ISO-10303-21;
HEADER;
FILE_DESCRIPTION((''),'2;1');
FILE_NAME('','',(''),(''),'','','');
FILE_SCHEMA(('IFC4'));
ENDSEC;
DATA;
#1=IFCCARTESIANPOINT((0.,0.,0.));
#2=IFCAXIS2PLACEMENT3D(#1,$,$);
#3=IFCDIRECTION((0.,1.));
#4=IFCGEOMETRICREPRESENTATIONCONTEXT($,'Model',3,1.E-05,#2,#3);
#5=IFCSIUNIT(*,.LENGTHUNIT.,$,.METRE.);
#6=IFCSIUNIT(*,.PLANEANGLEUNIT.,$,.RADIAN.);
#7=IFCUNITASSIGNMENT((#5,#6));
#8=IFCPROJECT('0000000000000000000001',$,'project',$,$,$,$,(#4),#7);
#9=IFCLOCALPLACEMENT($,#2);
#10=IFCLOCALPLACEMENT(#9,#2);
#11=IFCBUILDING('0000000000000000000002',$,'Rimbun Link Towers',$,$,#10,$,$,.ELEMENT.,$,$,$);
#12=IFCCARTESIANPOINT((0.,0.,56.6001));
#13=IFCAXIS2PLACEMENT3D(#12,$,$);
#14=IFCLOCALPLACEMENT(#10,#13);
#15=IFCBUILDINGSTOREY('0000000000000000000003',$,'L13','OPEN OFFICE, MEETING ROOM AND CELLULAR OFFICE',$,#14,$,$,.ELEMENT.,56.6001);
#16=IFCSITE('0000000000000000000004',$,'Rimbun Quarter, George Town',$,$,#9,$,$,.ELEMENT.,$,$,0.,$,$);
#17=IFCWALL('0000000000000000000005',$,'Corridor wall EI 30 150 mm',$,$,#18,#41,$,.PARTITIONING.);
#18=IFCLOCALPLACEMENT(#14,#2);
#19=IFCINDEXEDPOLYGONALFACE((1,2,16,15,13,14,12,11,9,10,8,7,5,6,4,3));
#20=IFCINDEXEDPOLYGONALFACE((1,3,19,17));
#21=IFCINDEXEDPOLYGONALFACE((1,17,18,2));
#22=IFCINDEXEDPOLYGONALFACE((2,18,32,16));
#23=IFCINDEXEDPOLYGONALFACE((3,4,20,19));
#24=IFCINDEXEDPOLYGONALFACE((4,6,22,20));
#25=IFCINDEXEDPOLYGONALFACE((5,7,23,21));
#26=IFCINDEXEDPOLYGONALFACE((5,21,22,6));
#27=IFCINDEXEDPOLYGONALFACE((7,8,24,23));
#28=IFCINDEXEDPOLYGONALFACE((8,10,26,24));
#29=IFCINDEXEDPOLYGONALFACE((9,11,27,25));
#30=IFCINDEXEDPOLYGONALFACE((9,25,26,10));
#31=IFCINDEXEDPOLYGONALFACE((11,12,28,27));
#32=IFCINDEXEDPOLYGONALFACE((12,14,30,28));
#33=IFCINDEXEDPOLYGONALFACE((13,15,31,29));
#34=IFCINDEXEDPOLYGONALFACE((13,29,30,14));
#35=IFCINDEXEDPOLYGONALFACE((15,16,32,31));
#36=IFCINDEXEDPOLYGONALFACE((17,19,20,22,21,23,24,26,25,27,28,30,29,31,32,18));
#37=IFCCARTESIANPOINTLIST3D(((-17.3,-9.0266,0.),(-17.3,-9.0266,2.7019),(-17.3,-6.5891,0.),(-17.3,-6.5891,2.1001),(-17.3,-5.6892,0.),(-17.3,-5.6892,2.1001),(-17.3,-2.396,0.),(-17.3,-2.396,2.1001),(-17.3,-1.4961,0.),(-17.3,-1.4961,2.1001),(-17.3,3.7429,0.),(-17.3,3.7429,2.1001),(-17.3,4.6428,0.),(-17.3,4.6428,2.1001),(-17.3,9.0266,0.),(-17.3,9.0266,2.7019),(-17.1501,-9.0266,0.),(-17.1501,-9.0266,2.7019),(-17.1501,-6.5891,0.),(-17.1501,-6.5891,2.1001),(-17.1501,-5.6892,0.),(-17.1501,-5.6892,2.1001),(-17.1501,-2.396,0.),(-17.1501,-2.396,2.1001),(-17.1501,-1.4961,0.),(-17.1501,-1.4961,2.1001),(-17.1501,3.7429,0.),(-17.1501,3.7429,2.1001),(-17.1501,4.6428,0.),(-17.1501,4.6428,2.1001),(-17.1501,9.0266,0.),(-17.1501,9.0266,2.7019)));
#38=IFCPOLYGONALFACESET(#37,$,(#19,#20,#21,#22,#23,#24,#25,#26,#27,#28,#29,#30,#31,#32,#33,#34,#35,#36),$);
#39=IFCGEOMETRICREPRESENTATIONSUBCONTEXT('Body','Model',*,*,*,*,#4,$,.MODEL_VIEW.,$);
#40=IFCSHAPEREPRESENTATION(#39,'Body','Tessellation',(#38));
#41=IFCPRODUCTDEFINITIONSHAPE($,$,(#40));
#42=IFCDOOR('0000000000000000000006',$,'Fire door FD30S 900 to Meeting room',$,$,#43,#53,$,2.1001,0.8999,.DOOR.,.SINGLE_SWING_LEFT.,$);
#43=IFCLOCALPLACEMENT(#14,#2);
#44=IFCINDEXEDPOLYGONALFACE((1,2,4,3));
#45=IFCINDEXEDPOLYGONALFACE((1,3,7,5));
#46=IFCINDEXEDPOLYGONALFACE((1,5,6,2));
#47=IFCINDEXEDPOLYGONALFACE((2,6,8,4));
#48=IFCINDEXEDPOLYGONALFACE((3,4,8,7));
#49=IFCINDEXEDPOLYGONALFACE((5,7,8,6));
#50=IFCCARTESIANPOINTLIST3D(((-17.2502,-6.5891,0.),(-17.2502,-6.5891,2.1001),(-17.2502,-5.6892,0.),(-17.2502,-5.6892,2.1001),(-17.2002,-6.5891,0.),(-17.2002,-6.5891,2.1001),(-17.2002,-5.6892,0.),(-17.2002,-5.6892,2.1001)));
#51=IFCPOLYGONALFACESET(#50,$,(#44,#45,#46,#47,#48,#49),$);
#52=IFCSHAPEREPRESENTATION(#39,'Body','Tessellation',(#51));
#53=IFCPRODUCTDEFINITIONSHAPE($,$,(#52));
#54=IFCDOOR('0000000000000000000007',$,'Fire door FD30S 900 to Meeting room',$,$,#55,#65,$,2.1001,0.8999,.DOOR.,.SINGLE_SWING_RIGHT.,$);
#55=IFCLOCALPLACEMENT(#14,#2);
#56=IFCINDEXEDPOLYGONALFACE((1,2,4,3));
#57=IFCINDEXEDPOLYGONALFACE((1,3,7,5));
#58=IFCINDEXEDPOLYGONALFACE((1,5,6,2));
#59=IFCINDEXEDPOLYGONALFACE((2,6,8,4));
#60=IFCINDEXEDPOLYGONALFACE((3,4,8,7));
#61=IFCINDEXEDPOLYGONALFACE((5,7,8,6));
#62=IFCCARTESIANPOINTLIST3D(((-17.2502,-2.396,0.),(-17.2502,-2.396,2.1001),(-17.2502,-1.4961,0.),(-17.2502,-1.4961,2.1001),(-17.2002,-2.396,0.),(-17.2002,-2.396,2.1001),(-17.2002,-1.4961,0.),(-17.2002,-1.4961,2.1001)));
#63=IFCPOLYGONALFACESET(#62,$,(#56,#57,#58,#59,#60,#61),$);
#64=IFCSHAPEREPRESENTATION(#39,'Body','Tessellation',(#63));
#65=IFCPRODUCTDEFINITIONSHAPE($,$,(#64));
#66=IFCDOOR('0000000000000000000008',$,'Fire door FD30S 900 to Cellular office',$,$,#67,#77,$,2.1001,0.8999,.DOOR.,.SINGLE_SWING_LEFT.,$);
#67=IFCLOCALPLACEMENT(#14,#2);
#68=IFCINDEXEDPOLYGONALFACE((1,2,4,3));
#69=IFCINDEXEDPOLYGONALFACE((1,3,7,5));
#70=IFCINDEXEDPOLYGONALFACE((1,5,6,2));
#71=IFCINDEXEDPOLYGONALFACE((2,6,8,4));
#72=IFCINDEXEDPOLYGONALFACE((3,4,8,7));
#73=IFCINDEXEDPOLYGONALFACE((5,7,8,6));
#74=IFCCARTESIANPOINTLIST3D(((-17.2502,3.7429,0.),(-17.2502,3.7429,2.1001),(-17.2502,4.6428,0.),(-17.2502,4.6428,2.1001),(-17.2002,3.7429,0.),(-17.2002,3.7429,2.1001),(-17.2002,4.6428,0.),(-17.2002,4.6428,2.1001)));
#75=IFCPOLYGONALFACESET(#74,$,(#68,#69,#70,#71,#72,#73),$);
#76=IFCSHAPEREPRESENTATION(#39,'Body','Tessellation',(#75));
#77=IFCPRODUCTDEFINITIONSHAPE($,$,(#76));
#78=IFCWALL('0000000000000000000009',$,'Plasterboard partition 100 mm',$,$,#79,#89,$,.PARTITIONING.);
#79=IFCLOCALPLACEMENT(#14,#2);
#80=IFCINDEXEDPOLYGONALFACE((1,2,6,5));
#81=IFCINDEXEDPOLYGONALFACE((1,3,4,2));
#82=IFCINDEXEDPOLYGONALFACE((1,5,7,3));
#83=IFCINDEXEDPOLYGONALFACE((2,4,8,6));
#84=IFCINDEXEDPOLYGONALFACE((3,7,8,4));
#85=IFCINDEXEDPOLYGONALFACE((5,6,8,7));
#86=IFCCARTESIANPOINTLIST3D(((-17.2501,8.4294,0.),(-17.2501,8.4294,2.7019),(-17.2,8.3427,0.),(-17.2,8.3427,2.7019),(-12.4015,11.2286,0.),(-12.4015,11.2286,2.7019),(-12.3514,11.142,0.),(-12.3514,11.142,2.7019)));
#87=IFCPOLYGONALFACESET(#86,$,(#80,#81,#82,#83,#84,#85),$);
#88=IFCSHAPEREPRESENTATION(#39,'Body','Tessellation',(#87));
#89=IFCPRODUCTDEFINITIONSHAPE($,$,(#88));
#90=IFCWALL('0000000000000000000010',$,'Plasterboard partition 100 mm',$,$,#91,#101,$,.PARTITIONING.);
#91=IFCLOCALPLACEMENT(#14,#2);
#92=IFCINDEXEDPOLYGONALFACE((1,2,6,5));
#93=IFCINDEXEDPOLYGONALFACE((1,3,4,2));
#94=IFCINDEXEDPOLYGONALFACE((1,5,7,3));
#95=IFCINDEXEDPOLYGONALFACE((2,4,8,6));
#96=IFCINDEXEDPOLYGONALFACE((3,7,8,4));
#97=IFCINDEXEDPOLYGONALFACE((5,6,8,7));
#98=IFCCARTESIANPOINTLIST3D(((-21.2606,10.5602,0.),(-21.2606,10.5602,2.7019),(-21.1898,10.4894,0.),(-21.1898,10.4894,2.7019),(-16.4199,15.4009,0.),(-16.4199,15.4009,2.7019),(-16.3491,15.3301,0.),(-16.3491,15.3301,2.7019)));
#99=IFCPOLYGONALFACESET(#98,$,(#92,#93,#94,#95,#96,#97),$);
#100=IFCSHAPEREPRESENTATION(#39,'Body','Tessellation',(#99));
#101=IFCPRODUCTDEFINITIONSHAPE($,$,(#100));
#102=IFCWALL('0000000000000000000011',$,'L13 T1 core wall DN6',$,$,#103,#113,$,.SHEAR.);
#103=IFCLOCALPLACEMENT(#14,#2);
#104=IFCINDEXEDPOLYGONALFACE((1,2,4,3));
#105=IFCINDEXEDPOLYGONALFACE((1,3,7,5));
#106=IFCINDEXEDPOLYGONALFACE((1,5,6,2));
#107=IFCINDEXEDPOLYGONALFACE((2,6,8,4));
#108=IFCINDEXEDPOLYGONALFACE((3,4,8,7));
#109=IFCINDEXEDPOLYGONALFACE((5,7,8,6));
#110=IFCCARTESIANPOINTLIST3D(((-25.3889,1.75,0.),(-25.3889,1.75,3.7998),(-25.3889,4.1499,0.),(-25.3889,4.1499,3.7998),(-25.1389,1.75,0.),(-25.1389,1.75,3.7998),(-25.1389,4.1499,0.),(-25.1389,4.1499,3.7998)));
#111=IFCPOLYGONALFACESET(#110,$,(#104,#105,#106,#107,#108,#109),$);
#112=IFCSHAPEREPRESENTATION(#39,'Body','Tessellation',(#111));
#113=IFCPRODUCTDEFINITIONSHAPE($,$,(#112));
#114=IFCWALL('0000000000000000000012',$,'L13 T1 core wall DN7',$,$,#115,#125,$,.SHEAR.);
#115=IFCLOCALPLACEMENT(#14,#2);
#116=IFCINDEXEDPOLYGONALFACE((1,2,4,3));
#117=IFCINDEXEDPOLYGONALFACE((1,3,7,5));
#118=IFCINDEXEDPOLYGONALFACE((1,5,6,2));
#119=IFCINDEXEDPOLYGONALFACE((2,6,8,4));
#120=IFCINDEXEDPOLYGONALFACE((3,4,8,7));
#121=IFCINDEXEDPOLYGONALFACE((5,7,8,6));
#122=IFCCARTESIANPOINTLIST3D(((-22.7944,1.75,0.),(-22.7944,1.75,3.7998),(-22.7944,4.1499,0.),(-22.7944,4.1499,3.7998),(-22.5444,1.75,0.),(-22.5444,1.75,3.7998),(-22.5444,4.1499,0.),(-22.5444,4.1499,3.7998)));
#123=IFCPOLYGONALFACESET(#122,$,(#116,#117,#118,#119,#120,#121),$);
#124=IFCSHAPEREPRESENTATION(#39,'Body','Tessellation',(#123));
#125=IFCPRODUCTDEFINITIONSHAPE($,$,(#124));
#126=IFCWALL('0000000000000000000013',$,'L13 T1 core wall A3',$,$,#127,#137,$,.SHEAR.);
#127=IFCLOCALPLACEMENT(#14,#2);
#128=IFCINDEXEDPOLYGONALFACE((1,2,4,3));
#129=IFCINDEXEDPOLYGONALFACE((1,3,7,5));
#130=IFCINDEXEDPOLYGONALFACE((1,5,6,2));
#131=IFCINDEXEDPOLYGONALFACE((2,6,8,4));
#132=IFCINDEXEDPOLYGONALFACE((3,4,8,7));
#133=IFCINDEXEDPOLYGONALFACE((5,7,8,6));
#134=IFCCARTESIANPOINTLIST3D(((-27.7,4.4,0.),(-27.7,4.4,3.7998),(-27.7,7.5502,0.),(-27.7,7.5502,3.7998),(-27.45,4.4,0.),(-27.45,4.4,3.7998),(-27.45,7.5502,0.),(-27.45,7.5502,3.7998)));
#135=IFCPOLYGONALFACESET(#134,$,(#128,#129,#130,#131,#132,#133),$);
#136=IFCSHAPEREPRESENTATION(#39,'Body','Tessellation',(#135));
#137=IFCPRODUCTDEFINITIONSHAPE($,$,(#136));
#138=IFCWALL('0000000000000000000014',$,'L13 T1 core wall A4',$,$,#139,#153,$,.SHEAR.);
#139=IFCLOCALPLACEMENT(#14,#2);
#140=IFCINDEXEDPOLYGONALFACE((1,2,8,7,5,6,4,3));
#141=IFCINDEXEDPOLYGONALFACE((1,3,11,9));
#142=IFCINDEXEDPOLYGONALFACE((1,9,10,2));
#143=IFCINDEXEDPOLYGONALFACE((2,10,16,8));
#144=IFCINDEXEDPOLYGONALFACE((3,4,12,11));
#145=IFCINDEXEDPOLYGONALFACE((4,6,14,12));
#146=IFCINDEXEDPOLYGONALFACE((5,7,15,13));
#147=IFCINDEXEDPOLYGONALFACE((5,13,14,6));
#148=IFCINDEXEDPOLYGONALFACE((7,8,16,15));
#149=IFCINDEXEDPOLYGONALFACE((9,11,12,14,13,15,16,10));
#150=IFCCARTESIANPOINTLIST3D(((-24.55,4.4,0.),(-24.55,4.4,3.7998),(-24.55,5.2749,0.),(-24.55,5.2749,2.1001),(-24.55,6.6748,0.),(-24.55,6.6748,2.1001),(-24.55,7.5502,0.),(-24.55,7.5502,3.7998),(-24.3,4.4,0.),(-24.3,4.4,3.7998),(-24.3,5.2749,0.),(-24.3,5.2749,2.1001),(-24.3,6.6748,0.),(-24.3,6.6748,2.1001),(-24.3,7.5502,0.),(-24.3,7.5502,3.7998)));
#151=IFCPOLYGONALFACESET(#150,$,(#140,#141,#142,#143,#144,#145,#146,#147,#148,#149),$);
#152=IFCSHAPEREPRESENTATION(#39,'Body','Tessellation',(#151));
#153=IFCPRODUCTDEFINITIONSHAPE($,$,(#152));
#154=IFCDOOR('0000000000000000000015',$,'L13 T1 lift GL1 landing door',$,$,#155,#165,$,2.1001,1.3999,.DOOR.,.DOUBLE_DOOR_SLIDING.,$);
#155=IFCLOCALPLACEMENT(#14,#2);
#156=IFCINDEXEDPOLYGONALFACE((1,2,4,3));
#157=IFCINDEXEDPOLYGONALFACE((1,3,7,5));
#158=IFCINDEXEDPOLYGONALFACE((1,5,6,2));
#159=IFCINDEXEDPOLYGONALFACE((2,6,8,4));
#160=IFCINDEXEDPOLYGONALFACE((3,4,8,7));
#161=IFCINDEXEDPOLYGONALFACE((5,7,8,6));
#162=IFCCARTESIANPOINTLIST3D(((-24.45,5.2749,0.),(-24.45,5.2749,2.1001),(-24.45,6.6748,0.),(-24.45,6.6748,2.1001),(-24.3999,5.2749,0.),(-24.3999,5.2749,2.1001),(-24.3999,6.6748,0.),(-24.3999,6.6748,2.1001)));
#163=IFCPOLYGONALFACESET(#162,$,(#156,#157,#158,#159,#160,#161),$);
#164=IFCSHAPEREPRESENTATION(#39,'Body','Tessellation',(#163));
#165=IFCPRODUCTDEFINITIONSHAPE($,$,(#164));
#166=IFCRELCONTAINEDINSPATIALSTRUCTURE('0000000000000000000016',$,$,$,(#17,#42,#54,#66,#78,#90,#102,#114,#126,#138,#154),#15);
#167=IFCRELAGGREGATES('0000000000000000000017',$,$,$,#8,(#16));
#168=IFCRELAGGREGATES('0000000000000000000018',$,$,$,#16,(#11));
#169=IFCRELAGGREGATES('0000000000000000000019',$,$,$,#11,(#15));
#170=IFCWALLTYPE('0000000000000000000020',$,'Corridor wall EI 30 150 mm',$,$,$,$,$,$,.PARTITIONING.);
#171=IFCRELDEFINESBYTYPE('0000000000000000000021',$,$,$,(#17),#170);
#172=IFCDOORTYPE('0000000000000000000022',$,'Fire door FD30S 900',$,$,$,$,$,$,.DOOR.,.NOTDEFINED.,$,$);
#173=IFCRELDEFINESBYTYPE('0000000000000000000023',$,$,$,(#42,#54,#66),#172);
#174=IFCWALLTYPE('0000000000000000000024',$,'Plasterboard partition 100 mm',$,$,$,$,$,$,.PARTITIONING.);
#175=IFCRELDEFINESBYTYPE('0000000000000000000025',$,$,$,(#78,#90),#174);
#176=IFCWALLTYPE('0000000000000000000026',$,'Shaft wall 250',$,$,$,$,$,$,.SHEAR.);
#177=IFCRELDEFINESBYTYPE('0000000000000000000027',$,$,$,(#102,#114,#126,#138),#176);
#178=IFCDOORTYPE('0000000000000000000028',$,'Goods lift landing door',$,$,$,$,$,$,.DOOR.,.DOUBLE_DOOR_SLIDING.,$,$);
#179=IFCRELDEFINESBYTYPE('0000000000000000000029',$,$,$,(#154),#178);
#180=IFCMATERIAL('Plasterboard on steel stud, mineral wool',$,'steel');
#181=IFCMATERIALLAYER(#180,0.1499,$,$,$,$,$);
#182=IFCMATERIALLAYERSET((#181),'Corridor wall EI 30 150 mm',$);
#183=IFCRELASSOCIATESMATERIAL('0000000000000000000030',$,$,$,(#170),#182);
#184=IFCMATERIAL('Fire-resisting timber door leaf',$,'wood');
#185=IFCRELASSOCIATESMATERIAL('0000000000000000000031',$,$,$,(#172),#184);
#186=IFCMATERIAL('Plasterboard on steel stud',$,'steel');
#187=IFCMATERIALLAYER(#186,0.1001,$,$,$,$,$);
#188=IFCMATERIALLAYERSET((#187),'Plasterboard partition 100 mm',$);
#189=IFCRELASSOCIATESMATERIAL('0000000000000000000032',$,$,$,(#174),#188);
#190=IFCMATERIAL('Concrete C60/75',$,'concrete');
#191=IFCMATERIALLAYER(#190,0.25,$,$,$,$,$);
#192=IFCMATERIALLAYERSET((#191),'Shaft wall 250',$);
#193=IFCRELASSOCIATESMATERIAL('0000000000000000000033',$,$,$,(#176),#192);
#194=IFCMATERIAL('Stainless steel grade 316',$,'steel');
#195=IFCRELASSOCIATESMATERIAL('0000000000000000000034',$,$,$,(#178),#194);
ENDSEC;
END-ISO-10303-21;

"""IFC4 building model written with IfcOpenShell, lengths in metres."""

from ifc_helpers import new_model, si_unit, direction, frame, frame_2d, origin, place, context, subcontext, project, spatial, rectangle, extrude, material, layer, layer_set, type_object, element, fill, save


model = new_model("IFC4")

# Units and contexts
model_context = context("Model", 3, precision=1e-05, world=origin(), true_north=direction((0.0, 1.0)))
body_context = subcontext(model_context, "Body", "Model", "MODEL_VIEW")
ifc_project = project(units=[si_unit("LENGTHUNIT", "METRE"), si_unit("PLANEANGLEUNIT", "RADIAN")], contexts=[model_context])

# Site, building, storey
site_placement = place(None, origin())
site = spatial("IfcSite", under=ifc_project, at=site_placement, Name="Rimbun Quarter, George Town", CompositionType="ELEMENT", RefElevation=0.0)
building_placement = place(site_placement, origin())
building = spatial("IfcBuilding", under=site, at=building_placement, Name="Rimbun Link Towers", CompositionType="ELEMENT")
storey_placement = place(building_placement, frame((0.0, 0.0, 56.6001)))
storey = spatial("IfcBuildingStorey", under=building, at=storey_placement, Name="L13", Description="OPEN OFFICE, MEETING ROOM AND CELLULAR OFFICE", CompositionType="ELEMENT", Elevation=56.6001)

# Shared definitions
ifc_material_1 = material(Name="Plasterboard on steel stud, mineral wool", Category="steel")
ifc_layer_1 = layer(ifc_material_1, 0.1499)
ifc_layer_set_1 = layer_set([ifc_layer_1], Name="Corridor wall EI 30 150 mm")
wall_type_1 = type_object("IfcWallType", Name="Corridor wall EI 30 150 mm", PredefinedType="PARTITIONING", material=ifc_layer_set_1)

# Wall, openings, doors
wall_1_placement = place(storey_placement, frame((-17.2251, 9.0266, 0.0), z_axis=(0.0, 0.0, 1.0), x_axis=(0.0, -1.0, 0.0)))
wall_1 = element("IfcWall", 1, at=wall_1_placement, inside=storey, type_object=wall_type_1, Name="Corridor wall EI 30 150 mm", PredefinedType="PARTITIONING", context=body_context, shape_type="SweptSolid", body=[
    extrude(rectangle(XDim=18.0532, YDim=0.1499, at=frame_2d((9.0266, 0.0))), origin(), (0.0, 0.0, 1.0), 2.7019),
])
opening_1_placement = place(wall_1_placement, frame((14.7158, 0.0, 0.0)))
opening_1 = element("IfcOpeningElement", 2, at=opening_1_placement, cuts=wall_1, PredefinedType="OPENING", context=body_context, shape_type="SweptSolid", body=[
    extrude(rectangle(XDim=0.8999, YDim=2.1001, at=frame_2d((0.45, 1.05))), frame((0.0, 0.085, 0.0), z_axis=(0.0, -1.0, 0.0), x_axis=(1.0, 0.0, 0.0)), (0.0, 0.0, 1.0), 0.1699),
])
opening_2_placement = place(wall_1_placement, frame((10.5227, 0.0, 0.0)))
opening_2 = element("IfcOpeningElement", 3, at=opening_2_placement, cuts=wall_1, PredefinedType="OPENING", context=body_context, shape_type="SweptSolid", body=[
    extrude(rectangle(XDim=0.8999, YDim=2.1001, at=frame_2d((0.45, 1.05))), frame((0.0, 0.085, 0.0), z_axis=(0.0, -1.0, 0.0), x_axis=(1.0, 0.0, 0.0)), (0.0, 0.0, 1.0), 0.1699),
])
opening_3_placement = place(wall_1_placement, frame((4.3838, 0.0, 0.0)))
opening_3 = element("IfcOpeningElement", 4, at=opening_3_placement, cuts=wall_1, PredefinedType="OPENING", context=body_context, shape_type="SweptSolid", body=[
    extrude(rectangle(XDim=0.8999, YDim=2.1001, at=frame_2d((0.45, 1.05))), frame((0.0, 0.085, 0.0), z_axis=(0.0, -1.0, 0.0), x_axis=(1.0, 0.0, 0.0)), (0.0, 0.0, 1.0), 0.1699),
])
ifc_material_2 = material(Name="Fire-resisting timber door leaf", Category="wood")
door_type_1 = type_object("IfcDoorType", Name="Fire door FD30S 900", OperationType="NOTDEFINED", PredefinedType="DOOR", material=ifc_material_2)
door_1_placement = place(opening_1_placement, origin())
door_1 = element("IfcDoor", 5, at=door_1_placement, inside=storey, type_object=door_type_1, Name="Fire door FD30S 900 to Meeting room", OperationType="SINGLE_SWING_LEFT", OverallHeight=2.1001, OverallWidth=0.8999, PredefinedType="DOOR", context=body_context, shape_type="SweptSolid", body=[
    extrude(rectangle(XDim=0.8999, YDim=2.1001, at=frame_2d((0.45, 1.05))), frame((0.0, 0.0249, 0.0), z_axis=(0.0, -1.0, 0.0), x_axis=(1.0, 0.0, 0.0)), (0.0, 0.0, 1.0), 0.05),
])
fill(opening_1, door_1)
door_2_placement = place(opening_2_placement, origin())
door_2 = element("IfcDoor", 6, at=door_2_placement, inside=storey, type_object=door_type_1, Name="Fire door FD30S 900 to Meeting room", OperationType="SINGLE_SWING_RIGHT", OverallHeight=2.1001, OverallWidth=0.8999, PredefinedType="DOOR", context=body_context, shape_type="SweptSolid", body=[
    extrude(rectangle(XDim=0.8999, YDim=2.1001, at=frame_2d((0.45, 1.05))), frame((0.0, 0.0249, 0.0), z_axis=(0.0, -1.0, 0.0), x_axis=(1.0, 0.0, 0.0)), (0.0, 0.0, 1.0), 0.05),
])
fill(opening_2, door_2)
door_3_placement = place(opening_3_placement, origin())
door_3 = element("IfcDoor", 7, at=door_3_placement, inside=storey, type_object=door_type_1, Name="Fire door FD30S 900 to Cellular office", OperationType="SINGLE_SWING_LEFT", OverallHeight=2.1001, OverallWidth=0.8999, PredefinedType="DOOR", context=body_context, shape_type="SweptSolid", body=[
    extrude(rectangle(XDim=0.8999, YDim=2.1001, at=frame_2d((0.45, 1.05))), frame((0.0, 0.0249, 0.0), z_axis=(0.0, -1.0, 0.0), x_axis=(1.0, 0.0, 0.0)), (0.0, 0.0, 1.0), 0.05),
])
fill(opening_3, door_3)

# Walls
ifc_material_3 = material(Name="Plasterboard on steel stud", Category="steel")
ifc_layer_2 = layer(ifc_material_3, 0.1001)
ifc_layer_set_2 = layer_set([ifc_layer_2], Name="Plasterboard partition 100 mm")
wall_type_2 = type_object("IfcWallType", Name="Plasterboard partition 100 mm", PredefinedType="PARTITIONING", material=ifc_layer_set_2)
wall_2_placement = place(storey_placement, frame((-12.3765, 11.1853, 0.0), z_axis=(0.0, 0.0, 1.0), x_axis=(-0.866029, -0.499994, 0.0)))
element("IfcWall", 8, at=wall_2_placement, inside=storey, type_object=wall_type_2, Name="Plasterboard partition 100 mm", PredefinedType="PARTITIONING", context=body_context, shape_type="SweptSolid", body=[
    extrude(rectangle(XDim=5.5986, YDim=0.1001, at=frame_2d((2.7993, 0.0))), origin(), (0.0, 0.0, 1.0), 2.7019),
])
wall_3_placement = place(storey_placement, frame((-16.3845, 15.3655, 0.0), z_axis=(0.0, 0.0, 1.0), x_axis=(-0.707107, -0.707107, 0.0)))
element("IfcWall", 9, at=wall_3_placement, inside=storey, type_object=wall_type_2, Name="Plasterboard partition 100 mm", PredefinedType="PARTITIONING", context=body_context, shape_type="SweptSolid", body=[
    extrude(rectangle(XDim=6.8457, YDim=0.1001, at=frame_2d((3.4229, 0.0))), origin(), (0.0, 0.0, 1.0), 2.7019),
])
ifc_material_4 = material(Name="Concrete C60/75", Category="concrete")
ifc_layer_3 = layer(ifc_material_4, 0.25)
ifc_layer_set_3 = layer_set([ifc_layer_3], Name="Shaft wall 250")
wall_type_3 = type_object("IfcWallType", Name="Shaft wall 250", PredefinedType="SHEAR", material=ifc_layer_set_3)
for number, where, z_axis, x_axis, name in (
    (10, (-25.2639, 1.75, 0.0), (0.0, 0.0, 1.0), (0.0, 1.0, 0.0), "L13 T1 core wall DN6"),
    (11, (-22.6694, 1.75, 0.0), (0.0, 0.0, 1.0), (0.0, 1.0, 0.0), "L13 T1 core wall DN7"),
):
    element("IfcWall", number, at=place(storey_placement, frame(where, z_axis=z_axis, x_axis=x_axis)), inside=storey, type_object=wall_type_3, Name=name, PredefinedType="SHEAR", context=body_context, shape_type="SweptSolid", body=[
        extrude(rectangle(XDim=2.3999, YDim=0.25, at=frame_2d((1.2, 0.0))), origin(), (0.0, 0.0, 1.0), 3.7998),
    ])
wall_4_placement = place(storey_placement, frame((-27.575, 4.3999, 0.0), z_axis=(0.0, 0.0, 1.0), x_axis=(0.0, 1.0, 0.0)))
element("IfcWall", 12, at=wall_4_placement, inside=storey, type_object=wall_type_3, Name="L13 T1 core wall A3", PredefinedType="SHEAR", context=body_context, shape_type="SweptSolid", body=[
    extrude(rectangle(XDim=3.1501, YDim=0.25, at=frame_2d((1.5752, 0.0))), origin(), (0.0, 0.0, 1.0), 3.7998),
])

# Wall, opening, door
wall_5_placement = place(storey_placement, frame((-24.425, 4.3999, 0.0), z_axis=(0.0, 0.0, 1.0), x_axis=(0.0, 1.0, 0.0)))
wall_5 = element("IfcWall", 13, at=wall_5_placement, inside=storey, type_object=wall_type_3, Name="L13 T1 core wall A4", PredefinedType="SHEAR", context=body_context, shape_type="SweptSolid", body=[
    extrude(rectangle(XDim=3.1501, YDim=0.25, at=frame_2d((1.5752, 0.0))), origin(), (0.0, 0.0, 1.0), 3.7998),
])
opening_4_placement = place(wall_5_placement, frame((0.875, 0.0, 0.0)))
opening_4 = element("IfcOpeningElement", 14, at=opening_4_placement, cuts=wall_5, PredefinedType="OPENING", context=body_context, shape_type="SweptSolid", body=[
    extrude(rectangle(XDim=1.3999, YDim=2.1001, at=frame_2d((0.7, 1.05))), frame((0.0, 0.135, 0.0), z_axis=(0.0, -1.0, 0.0), x_axis=(1.0, 0.0, 0.0)), (0.0, 0.0, 1.0), 0.27),
])
ifc_material_5 = material(Name="Stainless steel grade 316", Category="steel")
door_type_2 = type_object("IfcDoorType", Name="Goods lift landing door", OperationType="DOUBLE_DOOR_SLIDING", PredefinedType="DOOR", material=ifc_material_5)
door_4_placement = place(opening_4_placement, origin())
door_4 = element("IfcDoor", 15, at=door_4_placement, inside=storey, type_object=door_type_2, Name="L13 T1 lift GL1 landing door", OperationType="DOUBLE_DOOR_SLIDING", OverallHeight=2.1001, OverallWidth=1.3999, PredefinedType="DOOR", context=body_context, shape_type="SweptSolid", body=[
    extrude(rectangle(XDim=1.3999, YDim=2.1001, at=frame_2d((0.7, 1.05))), frame((0.0, 0.0249, 0.0), z_axis=(0.0, -1.0, 0.0), x_axis=(1.0, 0.0, 0.0)), (0.0, 0.0, 1.0), 0.05),
])
fill(opening_4, door_4)

save(model, "model.ifc")
